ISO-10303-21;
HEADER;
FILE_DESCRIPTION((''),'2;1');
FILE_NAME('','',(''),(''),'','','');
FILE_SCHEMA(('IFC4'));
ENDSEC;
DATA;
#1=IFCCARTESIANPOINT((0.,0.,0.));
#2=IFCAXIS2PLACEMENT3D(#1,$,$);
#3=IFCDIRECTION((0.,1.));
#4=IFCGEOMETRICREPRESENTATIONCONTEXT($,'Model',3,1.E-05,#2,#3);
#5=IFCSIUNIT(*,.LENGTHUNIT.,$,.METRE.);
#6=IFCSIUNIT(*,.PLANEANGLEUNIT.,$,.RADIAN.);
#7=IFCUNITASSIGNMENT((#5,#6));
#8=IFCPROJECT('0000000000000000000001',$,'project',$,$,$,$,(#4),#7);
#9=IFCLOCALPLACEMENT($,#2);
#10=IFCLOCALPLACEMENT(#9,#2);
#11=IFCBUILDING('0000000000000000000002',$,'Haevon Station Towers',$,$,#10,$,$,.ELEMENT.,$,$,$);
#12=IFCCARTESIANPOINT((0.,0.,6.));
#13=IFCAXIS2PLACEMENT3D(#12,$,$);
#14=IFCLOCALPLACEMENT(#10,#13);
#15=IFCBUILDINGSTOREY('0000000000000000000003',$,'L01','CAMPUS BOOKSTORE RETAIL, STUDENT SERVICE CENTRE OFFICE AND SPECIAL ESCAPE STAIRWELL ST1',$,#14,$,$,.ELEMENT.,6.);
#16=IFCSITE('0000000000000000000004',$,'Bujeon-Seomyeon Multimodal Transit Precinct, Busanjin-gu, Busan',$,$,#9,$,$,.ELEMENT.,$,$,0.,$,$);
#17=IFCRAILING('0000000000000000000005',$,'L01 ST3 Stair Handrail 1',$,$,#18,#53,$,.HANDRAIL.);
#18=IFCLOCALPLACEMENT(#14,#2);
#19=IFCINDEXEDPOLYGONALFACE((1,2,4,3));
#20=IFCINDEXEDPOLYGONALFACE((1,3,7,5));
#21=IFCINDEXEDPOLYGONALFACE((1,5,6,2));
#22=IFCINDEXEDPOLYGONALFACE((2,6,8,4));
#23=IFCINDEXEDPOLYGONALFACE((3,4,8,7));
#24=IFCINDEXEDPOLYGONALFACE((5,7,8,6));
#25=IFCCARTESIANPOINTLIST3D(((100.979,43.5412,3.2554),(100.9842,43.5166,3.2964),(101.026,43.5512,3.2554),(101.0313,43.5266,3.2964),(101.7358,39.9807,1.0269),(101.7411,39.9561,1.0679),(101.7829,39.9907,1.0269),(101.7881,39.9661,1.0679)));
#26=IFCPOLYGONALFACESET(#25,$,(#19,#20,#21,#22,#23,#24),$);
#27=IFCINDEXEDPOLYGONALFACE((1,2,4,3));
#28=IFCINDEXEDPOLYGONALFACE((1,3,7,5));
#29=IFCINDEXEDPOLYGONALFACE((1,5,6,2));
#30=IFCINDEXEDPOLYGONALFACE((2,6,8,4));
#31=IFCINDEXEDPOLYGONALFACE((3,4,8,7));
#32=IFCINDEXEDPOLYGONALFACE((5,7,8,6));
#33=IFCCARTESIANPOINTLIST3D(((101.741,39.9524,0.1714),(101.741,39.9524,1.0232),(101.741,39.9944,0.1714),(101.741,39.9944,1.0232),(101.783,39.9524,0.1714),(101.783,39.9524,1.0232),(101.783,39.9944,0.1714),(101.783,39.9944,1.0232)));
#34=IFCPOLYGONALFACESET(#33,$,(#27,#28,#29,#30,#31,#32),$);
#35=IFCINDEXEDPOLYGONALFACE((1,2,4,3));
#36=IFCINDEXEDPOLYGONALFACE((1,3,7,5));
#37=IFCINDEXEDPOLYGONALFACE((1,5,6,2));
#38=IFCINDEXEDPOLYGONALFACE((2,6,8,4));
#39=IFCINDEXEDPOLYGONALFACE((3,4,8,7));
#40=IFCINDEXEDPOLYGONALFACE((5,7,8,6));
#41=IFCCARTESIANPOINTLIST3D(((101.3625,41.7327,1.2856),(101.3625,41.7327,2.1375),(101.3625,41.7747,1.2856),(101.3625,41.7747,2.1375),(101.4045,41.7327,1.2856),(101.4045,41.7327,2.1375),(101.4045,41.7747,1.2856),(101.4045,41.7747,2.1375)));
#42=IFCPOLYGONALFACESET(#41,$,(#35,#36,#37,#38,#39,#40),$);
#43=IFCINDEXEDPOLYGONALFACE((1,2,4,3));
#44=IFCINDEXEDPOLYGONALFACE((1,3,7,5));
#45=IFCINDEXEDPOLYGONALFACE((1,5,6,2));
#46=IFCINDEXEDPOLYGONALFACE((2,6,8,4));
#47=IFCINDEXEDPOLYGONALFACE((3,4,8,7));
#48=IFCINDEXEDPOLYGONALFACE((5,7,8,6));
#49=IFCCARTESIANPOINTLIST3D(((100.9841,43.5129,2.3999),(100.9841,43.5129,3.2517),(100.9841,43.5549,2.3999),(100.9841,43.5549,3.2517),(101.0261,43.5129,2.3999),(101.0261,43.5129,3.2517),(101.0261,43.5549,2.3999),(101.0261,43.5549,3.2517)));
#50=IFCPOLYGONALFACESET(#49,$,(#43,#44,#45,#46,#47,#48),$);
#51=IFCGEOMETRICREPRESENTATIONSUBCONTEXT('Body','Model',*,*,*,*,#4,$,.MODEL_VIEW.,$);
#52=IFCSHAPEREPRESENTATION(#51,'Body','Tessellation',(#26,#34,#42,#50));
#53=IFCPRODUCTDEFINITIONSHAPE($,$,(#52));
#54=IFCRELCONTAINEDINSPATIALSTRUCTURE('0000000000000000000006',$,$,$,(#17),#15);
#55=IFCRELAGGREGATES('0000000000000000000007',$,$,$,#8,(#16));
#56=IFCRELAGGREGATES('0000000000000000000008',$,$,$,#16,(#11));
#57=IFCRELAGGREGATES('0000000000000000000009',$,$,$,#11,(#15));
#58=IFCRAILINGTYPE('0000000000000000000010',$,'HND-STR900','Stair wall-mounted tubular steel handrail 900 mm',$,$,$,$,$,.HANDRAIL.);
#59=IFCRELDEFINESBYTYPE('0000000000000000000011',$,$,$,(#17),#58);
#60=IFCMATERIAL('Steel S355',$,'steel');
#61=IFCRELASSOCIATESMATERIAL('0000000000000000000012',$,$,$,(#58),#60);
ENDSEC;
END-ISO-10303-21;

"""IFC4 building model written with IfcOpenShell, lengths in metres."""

from ifc_helpers import new_model, si_unit, direction, frame, origin, origin_2d, place, context, subcontext, project, spatial, rectangle, extrude, material, type_object, element, save


model = new_model("IFC4")

# Units and contexts
model_context = context("Model", 3, precision=1e-05, world=origin(), true_north=direction((0.0, 1.0)))
body_context = subcontext(model_context, "Body", "Model", "MODEL_VIEW")
ifc_project = project(units=[si_unit("LENGTHUNIT", "METRE"), si_unit("PLANEANGLEUNIT", "RADIAN")], contexts=[model_context])

# Site, building, storey
site_placement = place(None, origin())
site = spatial("IfcSite", under=ifc_project, at=site_placement, Name="Bujeon-Seomyeon Multimodal Transit Precinct, Busanjin-gu, Busan", CompositionType="ELEMENT", RefElevation=0.0)
building_placement = place(site_placement, origin())
building = spatial("IfcBuilding", under=site, at=building_placement, Name="Haevon Station Towers", CompositionType="ELEMENT")
storey_placement = place(building_placement, frame((0.0, 0.0, 6.0)))
storey = spatial("IfcBuildingStorey", under=building, at=storey_placement, Name="L01", Description="CAMPUS BOOKSTORE RETAIL, STUDENT SERVICE CENTRE OFFICE AND SPECIAL ESCAPE STAIRWELL ST1", CompositionType="ELEMENT", Elevation=6.0)

# Shared definitions
ifc_material_1 = material(Name="Steel S355", Category="steel")

# Railing
railing_type_1 = type_object("IfcRailingType", Name="HND-STR900", Description="Stair wall-mounted tubular steel handrail 900 mm", PredefinedType="HANDRAIL", material=ifc_material_1)
railing_1_placement = place(storey_placement, frame((101.762, 39.9734, 0.1714)))
element("IfcRailing", 1, at=railing_1_placement, inside=storey, type_object=railing_type_1, Name="L01 ST3 Stair Handrail 1", PredefinedType="HANDRAIL", context=body_context, shape_type="SweptSolid", body=[
    extrude(rectangle(XDim=0.0481, YDim=0.0481, at=origin_2d()), frame((0.0, 0.0, 0.876), z_axis=(-0.177324, 0.834225, 0.522134), x_axis=(-0.978147, -0.207917, 0.0)), (0.0, 0.0, 1.0), 4.2681),
    extrude(rectangle(XDim=0.042, YDim=0.042, at=origin_2d()), origin(), (0.0, 0.0, 1.0), 0.8518),
    extrude(rectangle(XDim=0.042, YDim=0.042, at=origin_2d()), frame((-0.3784, 1.7803, 1.1143)), (0.0, 0.0, 1.0), 0.8518),
    extrude(rectangle(XDim=0.042, YDim=0.042, at=origin_2d()), frame((-0.7568, 3.5605, 2.2285)), (0.0, 0.0, 1.0), 0.8518),
])

save(model, "model.ifc")
